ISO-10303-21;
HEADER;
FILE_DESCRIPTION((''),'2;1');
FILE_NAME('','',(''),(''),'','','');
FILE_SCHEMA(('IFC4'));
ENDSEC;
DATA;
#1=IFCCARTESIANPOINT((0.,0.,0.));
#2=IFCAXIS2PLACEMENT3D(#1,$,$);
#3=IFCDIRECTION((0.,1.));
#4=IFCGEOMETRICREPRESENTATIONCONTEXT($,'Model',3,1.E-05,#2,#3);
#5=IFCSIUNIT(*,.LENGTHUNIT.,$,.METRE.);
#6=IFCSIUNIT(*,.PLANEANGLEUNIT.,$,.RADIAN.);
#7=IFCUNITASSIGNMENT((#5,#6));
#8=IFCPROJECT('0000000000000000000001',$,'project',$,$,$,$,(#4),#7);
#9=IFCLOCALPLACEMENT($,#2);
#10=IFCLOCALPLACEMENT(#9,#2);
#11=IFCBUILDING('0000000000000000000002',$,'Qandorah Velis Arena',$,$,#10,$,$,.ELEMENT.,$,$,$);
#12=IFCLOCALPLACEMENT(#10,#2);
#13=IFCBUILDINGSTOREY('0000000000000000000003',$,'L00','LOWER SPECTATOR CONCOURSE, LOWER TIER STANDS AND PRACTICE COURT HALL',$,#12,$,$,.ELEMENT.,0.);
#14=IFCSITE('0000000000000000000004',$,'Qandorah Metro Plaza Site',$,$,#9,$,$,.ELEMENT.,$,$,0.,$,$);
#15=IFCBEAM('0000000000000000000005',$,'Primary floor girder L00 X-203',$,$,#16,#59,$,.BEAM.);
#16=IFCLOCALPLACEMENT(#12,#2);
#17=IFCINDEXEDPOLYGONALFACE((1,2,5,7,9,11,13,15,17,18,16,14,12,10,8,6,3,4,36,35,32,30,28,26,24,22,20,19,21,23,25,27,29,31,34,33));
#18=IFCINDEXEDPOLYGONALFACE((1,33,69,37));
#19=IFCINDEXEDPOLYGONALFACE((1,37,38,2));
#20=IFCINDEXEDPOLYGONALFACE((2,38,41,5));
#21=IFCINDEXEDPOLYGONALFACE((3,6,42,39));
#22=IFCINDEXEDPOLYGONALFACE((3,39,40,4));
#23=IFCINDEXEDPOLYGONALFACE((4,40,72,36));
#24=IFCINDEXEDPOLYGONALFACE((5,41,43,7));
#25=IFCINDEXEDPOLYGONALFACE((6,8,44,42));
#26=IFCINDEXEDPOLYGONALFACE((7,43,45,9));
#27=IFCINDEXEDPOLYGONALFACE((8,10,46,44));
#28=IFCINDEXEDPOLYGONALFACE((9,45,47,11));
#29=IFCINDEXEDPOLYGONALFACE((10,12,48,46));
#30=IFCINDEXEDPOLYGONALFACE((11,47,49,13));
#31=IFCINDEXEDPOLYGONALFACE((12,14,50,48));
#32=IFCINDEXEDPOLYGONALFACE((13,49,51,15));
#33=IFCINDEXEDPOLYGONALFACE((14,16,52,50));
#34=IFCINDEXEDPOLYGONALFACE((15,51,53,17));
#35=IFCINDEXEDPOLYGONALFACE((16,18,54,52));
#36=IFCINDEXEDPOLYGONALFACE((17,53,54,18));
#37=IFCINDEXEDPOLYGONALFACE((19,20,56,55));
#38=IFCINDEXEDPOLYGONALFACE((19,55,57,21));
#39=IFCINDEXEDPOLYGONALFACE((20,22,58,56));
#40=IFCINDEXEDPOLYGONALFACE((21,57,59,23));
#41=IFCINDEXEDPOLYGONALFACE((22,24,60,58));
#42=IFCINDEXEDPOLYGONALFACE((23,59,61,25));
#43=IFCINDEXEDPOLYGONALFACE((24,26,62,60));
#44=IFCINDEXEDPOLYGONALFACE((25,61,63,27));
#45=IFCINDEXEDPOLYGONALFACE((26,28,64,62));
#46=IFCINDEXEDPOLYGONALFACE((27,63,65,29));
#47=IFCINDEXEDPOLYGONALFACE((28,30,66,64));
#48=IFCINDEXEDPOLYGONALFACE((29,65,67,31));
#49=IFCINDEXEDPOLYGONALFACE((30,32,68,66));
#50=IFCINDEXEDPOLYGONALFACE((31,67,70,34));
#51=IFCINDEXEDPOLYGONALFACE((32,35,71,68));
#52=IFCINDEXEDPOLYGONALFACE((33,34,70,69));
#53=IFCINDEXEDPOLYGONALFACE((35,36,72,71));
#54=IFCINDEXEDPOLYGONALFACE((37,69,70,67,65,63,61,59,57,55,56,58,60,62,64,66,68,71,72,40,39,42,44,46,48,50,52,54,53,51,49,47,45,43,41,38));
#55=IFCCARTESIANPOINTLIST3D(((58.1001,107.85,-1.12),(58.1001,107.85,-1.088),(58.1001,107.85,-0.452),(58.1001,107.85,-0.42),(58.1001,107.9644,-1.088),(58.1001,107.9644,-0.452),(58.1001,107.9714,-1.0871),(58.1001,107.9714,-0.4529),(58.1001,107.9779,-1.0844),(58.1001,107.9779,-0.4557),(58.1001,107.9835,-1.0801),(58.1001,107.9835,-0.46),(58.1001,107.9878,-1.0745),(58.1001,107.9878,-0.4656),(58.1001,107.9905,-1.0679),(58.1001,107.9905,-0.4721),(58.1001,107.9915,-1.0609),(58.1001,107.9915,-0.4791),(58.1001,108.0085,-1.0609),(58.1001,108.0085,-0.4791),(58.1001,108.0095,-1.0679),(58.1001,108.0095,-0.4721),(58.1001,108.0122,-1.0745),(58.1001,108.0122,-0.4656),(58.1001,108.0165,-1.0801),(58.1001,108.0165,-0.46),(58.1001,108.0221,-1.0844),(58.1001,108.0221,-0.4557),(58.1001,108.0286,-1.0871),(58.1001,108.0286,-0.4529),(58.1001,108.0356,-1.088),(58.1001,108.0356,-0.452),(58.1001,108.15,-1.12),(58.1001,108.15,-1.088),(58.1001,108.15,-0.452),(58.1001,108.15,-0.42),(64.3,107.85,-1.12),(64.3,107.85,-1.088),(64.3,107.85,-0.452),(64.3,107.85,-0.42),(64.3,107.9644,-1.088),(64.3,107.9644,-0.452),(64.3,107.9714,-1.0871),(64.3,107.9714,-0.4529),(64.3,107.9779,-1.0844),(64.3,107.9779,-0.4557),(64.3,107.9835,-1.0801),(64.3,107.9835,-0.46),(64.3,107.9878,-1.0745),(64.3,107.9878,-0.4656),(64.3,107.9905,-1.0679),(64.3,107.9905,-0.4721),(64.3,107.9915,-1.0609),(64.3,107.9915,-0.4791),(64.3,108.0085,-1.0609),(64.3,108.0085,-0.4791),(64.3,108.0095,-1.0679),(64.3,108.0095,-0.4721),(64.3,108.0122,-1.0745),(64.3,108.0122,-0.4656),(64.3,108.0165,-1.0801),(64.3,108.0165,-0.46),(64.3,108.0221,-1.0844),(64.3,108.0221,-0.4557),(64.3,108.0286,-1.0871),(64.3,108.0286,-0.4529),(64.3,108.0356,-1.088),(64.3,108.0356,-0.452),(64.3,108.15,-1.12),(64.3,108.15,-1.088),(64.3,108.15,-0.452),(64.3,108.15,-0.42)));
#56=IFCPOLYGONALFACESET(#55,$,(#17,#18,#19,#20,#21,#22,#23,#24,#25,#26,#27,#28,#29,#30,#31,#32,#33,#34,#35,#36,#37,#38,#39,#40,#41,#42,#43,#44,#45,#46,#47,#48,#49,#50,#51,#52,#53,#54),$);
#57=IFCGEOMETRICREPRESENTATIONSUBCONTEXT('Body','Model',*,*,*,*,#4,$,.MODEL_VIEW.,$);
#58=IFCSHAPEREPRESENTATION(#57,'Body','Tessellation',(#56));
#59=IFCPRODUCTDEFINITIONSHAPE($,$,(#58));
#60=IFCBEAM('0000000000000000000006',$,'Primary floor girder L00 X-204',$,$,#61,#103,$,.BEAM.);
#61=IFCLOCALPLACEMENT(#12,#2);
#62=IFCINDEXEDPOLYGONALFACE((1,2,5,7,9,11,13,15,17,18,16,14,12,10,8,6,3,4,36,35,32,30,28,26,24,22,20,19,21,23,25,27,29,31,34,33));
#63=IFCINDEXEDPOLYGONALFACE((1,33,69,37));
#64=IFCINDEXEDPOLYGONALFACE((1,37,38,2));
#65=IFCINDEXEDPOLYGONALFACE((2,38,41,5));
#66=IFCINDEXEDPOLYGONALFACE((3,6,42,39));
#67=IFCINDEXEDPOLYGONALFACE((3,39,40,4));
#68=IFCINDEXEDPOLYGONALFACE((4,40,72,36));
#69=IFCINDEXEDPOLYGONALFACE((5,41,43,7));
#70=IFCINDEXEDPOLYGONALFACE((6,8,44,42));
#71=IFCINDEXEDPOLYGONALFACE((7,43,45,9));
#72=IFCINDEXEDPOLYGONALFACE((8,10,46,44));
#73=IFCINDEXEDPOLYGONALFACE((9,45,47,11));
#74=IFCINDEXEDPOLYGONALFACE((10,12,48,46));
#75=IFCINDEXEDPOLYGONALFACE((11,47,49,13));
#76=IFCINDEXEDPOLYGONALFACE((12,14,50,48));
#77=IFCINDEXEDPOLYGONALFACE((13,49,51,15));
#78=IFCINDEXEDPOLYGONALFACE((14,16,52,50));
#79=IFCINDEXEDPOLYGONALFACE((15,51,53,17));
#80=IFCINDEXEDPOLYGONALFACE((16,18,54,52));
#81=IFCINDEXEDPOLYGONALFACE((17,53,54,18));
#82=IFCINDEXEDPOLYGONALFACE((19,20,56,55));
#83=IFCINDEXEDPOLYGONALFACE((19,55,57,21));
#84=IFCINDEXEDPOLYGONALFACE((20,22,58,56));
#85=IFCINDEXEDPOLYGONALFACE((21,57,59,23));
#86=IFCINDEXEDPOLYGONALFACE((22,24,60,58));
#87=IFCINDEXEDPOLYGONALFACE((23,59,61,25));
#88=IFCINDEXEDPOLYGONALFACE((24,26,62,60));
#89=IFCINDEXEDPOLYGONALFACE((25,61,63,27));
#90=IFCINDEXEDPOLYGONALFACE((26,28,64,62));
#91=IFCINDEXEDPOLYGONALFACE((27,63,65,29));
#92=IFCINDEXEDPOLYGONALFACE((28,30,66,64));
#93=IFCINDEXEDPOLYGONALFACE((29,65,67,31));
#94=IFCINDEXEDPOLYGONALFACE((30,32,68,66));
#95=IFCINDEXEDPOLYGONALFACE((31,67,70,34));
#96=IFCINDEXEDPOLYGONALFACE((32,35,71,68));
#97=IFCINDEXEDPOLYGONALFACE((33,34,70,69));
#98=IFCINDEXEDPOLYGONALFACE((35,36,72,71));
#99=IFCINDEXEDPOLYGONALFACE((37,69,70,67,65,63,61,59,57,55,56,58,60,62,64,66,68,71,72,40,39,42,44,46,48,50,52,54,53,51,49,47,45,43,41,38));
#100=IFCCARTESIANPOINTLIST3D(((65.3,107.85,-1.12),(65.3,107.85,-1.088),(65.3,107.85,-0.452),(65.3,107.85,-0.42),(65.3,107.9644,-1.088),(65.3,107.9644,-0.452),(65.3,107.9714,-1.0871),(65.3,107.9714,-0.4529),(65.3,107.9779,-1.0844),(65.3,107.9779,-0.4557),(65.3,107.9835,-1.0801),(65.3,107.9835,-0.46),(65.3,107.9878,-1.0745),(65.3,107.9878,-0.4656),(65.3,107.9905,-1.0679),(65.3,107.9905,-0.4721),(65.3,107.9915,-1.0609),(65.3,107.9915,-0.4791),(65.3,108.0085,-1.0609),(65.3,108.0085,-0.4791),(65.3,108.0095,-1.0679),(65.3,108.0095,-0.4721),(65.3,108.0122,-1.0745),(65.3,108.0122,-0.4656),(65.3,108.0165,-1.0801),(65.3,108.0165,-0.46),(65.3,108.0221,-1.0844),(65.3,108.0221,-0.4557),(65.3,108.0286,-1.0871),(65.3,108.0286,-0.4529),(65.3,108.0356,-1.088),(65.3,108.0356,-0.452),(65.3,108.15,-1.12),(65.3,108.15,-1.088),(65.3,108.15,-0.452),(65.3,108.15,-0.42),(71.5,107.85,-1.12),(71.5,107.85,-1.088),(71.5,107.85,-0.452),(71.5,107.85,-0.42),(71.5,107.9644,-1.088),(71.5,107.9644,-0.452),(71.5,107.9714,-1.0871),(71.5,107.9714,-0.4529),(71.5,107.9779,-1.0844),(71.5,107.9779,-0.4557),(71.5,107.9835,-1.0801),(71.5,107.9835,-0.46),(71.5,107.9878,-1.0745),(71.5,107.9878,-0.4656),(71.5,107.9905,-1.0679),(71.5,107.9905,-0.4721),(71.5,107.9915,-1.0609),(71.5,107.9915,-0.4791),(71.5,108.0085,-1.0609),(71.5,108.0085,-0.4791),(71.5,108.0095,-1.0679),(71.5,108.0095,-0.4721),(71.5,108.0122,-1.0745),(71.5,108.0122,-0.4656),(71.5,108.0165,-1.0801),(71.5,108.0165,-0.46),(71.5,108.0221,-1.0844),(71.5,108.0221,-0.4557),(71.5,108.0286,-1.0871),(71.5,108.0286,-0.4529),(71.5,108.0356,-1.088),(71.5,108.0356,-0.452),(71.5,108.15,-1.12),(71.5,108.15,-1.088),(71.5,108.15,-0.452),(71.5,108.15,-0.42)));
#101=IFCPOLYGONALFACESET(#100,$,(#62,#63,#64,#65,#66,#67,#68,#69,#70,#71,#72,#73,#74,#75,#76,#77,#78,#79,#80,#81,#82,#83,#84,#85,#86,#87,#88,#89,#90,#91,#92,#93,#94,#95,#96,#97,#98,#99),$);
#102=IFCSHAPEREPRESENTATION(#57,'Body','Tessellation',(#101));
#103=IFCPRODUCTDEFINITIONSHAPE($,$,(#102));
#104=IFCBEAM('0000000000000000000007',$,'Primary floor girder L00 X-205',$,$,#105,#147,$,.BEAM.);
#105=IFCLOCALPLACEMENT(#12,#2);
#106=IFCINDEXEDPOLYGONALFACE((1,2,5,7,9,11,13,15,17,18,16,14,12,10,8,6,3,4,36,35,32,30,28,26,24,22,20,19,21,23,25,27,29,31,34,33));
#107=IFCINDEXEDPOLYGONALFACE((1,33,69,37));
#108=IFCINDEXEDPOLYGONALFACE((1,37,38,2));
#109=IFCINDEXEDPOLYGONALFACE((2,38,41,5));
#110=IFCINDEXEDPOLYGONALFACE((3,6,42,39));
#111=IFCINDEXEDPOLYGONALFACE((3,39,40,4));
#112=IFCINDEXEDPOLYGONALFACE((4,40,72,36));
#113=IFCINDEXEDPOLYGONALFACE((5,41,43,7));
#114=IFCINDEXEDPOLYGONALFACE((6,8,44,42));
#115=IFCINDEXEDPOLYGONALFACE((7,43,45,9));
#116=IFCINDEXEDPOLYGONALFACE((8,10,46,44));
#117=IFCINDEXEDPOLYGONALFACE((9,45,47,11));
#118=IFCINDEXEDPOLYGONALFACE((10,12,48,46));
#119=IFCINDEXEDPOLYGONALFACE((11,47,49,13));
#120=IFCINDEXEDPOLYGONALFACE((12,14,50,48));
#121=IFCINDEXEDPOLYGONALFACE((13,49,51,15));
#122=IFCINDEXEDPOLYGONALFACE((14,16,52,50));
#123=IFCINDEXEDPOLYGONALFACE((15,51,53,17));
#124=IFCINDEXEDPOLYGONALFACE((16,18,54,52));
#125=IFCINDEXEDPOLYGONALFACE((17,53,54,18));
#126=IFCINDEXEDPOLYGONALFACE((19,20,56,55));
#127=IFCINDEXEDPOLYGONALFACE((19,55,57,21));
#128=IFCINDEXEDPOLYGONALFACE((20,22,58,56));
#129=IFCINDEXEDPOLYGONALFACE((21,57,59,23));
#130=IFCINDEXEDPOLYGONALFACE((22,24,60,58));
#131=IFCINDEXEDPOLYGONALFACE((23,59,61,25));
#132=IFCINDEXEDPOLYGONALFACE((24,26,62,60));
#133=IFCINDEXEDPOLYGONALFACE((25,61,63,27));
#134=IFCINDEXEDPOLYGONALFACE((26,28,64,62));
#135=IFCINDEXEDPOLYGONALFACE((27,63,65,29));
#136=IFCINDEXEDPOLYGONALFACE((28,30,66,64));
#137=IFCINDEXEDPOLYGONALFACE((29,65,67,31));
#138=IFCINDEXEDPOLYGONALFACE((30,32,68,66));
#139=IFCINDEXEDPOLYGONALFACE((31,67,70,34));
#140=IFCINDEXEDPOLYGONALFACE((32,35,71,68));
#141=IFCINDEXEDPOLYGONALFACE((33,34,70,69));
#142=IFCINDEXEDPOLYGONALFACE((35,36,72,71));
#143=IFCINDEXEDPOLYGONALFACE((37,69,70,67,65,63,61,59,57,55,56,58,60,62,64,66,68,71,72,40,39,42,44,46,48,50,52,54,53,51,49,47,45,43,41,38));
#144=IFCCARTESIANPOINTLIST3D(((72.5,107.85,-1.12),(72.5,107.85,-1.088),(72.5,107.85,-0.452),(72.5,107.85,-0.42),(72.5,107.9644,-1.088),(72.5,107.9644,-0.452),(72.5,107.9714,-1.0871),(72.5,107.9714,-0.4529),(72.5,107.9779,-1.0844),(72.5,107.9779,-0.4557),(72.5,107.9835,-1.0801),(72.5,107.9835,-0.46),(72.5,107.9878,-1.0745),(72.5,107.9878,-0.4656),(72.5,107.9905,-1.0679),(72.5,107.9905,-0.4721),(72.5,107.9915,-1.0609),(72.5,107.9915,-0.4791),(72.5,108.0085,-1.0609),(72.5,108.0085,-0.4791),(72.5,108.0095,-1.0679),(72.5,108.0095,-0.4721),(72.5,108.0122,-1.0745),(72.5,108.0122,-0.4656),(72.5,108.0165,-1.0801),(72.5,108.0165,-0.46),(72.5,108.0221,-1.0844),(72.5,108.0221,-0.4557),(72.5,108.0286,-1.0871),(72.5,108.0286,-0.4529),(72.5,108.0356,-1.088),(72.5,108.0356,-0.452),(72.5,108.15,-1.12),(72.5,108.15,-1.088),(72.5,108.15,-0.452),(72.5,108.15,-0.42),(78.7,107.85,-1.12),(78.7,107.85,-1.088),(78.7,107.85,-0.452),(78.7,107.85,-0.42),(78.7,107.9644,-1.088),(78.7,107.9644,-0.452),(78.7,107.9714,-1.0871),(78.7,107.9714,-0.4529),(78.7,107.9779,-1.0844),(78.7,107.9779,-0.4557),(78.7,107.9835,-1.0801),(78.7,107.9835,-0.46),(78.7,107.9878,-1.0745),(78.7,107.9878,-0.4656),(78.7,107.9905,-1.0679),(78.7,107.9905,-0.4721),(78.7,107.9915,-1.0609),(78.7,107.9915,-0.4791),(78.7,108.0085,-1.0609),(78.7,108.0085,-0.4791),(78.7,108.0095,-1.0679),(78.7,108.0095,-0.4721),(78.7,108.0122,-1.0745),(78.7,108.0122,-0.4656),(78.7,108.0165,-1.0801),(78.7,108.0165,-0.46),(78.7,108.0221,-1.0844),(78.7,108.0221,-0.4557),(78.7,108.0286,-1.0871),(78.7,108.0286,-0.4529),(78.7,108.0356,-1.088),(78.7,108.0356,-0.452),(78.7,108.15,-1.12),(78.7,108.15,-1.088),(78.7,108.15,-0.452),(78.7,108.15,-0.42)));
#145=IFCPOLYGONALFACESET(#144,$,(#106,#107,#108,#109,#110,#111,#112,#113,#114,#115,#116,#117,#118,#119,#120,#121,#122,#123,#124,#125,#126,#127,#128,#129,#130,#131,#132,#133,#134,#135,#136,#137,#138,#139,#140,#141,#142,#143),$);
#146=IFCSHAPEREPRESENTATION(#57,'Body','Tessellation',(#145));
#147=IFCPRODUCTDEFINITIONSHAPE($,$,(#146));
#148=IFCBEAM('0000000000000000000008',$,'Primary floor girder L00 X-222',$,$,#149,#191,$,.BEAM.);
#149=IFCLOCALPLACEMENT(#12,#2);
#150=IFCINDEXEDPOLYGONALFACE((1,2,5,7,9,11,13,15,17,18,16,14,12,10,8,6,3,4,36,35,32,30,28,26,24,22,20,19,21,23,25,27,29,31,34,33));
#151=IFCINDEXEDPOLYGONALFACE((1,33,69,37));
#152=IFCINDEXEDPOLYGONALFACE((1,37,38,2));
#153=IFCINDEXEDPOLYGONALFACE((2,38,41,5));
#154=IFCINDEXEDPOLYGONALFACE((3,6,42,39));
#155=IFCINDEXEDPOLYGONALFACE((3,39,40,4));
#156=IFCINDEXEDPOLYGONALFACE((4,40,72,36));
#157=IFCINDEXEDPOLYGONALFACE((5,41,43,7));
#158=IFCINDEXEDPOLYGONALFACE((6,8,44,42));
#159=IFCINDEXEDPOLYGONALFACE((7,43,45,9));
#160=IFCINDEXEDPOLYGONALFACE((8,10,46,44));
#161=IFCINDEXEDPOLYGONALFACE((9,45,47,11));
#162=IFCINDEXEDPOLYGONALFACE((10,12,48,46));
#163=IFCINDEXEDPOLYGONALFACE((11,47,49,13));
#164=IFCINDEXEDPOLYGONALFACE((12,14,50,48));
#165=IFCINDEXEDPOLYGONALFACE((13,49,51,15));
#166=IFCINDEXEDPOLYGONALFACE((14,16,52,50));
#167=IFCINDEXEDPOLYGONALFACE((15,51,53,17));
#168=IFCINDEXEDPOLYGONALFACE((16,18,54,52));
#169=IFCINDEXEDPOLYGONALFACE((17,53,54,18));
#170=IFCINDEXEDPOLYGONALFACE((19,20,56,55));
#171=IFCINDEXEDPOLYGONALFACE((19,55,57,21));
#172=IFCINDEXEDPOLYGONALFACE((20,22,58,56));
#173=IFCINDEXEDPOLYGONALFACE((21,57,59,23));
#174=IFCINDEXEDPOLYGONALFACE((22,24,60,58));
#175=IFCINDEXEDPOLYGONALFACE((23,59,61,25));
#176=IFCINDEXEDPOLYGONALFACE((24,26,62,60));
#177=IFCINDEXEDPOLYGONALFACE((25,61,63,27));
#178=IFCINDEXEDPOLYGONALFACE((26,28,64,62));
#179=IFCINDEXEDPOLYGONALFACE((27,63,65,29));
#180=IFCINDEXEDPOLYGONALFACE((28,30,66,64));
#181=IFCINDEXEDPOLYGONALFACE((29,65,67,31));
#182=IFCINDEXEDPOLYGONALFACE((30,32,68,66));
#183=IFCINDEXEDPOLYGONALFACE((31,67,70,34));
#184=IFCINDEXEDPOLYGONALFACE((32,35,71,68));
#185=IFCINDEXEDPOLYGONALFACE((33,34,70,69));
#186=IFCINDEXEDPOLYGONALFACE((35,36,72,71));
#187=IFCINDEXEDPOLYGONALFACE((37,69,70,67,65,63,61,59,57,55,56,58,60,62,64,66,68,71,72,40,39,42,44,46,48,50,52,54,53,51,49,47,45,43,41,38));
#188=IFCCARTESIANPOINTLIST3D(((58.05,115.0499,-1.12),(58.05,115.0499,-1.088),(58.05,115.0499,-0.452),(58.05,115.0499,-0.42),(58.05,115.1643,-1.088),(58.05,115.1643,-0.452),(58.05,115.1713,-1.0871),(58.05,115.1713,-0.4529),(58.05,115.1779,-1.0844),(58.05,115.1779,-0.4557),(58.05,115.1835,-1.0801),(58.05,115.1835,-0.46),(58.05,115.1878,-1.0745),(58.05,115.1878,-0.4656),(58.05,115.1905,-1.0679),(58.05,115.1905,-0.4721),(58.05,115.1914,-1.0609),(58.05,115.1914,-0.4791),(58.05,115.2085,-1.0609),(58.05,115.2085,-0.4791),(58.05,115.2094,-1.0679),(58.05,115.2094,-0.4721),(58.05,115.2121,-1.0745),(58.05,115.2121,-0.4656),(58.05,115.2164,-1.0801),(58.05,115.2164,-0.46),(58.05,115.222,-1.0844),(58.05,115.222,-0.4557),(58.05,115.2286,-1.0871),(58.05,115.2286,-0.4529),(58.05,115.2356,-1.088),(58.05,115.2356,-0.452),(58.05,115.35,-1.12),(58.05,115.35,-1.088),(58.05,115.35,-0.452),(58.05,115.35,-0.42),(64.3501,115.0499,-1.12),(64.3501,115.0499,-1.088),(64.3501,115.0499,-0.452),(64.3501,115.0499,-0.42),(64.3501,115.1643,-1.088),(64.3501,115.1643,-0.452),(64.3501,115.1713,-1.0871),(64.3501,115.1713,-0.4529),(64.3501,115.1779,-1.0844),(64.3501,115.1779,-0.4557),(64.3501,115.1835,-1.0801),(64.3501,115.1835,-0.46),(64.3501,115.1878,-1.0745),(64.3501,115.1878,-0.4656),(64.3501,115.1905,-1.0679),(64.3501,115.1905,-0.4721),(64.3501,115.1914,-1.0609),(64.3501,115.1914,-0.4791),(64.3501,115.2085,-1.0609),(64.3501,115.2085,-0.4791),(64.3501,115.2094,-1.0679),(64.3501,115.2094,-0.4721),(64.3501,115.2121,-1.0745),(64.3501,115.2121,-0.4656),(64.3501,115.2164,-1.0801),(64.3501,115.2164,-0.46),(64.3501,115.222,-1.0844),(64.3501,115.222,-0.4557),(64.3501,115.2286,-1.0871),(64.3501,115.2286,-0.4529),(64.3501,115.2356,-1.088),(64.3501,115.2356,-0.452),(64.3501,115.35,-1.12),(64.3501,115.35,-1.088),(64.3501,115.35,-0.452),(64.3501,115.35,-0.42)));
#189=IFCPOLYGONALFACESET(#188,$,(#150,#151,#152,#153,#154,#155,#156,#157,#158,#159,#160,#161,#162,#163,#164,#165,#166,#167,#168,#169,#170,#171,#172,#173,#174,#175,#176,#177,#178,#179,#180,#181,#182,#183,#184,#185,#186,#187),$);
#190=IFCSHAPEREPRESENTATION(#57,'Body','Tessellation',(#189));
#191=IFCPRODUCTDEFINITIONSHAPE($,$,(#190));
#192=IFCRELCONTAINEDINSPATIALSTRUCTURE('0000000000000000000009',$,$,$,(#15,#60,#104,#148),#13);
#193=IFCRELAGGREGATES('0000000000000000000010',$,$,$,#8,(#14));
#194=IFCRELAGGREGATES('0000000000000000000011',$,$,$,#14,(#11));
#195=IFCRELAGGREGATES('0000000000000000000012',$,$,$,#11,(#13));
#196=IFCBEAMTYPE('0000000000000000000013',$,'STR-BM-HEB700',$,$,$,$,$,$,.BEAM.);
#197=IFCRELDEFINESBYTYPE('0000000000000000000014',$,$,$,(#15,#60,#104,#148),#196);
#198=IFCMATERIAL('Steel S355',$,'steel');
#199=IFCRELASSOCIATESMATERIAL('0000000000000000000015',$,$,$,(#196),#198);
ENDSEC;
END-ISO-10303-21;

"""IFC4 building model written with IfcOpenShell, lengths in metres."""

from ifc_helpers import new_model, si_unit, direction, frame, origin, origin_2d, place, context, subcontext, project, spatial, i_section, extrude, material, material_profile, profile_set, type_object, element, save


model = new_model("IFC4")

# Units and contexts
model_context = context("Model", 3, precision=1e-05, world=origin(), true_north=direction((0.0, 1.0)))
body_context = subcontext(model_context, "Body", "Model", "MODEL_VIEW")
ifc_project = project(units=[si_unit("LENGTHUNIT", "METRE"), si_unit("PLANEANGLEUNIT", "RADIAN")], contexts=[model_context])

# Site, building, storey
site_placement = place(None, origin())
site = spatial("IfcSite", under=ifc_project, at=site_placement, Name="Qandorah Metro Plaza Site", CompositionType="ELEMENT", RefElevation=0.0)
building_placement = place(site_placement, origin())
building = spatial("IfcBuilding", under=site, at=building_placement, Name="Qandorah Velis Arena", CompositionType="ELEMENT")
storey_placement = place(building_placement, origin())
storey = spatial("IfcBuildingStorey", under=building, at=storey_placement, Name="L00", Description="LOWER SPECTATOR CONCOURSE, LOWER TIER STANDS AND PRACTICE COURT HALL", CompositionType="ELEMENT", Elevation=0.0)

# Beams
ifc_material_1 = material(Name="Steel S355", Category="steel")
ifc_material_profile_1 = material_profile(ifc_material_1, i_section(OverallWidth=0.3, OverallDepth=0.7, WebThickness=0.0171, FlangeThickness=0.032, FilletRadius=0.0271, at=origin_2d()), Name="HEB 700")
ifc_profile_set_1 = profile_set([ifc_material_profile_1], Name="Steel S355")
beam_type_1 = type_object("IfcBeamType", Name="STR-BM-HEB700", PredefinedType="BEAM", material=ifc_profile_set_1)
for number, where, z_axis, x_axis, name in (
    (1, (58.1001, 108.0, -0.77), (1.0, 0.0, 0.0), (0.0, 1.0, 0.0), "Primary floor girder L00 X-203"),
    (2, (65.3, 108.0, -0.77), (1.0, 0.0, 0.0), (0.0, 1.0, 0.0), "Primary floor girder L00 X-204"),
    (3, (72.5, 108.0, -0.77), (1.0, 0.0, 0.0), (0.0, 1.0, 0.0), "Primary floor girder L00 X-205"),
):
    element("IfcBeam", number, at=place(storey_placement, frame(where, z_axis=z_axis, x_axis=x_axis)), inside=storey, type_object=beam_type_1, Name=name, PredefinedType="BEAM", context=body_context, shape_type="SweptSolid", body=[
        extrude(i_section(OverallWidth=0.3, OverallDepth=0.7, WebThickness=0.0171, FlangeThickness=0.032, FilletRadius=0.0271, at=origin_2d()), origin(), (0.0, 0.0, 1.0), 6.2),
    ])
for number, where, z_axis, x_axis, name in (
    (4, (58.05, 115.2, -0.77), (1.0, 0.0, 0.0), (0.0, 1.0, 0.0), "Primary floor girder L00 X-222"),
):
    element("IfcBeam", number, at=place(storey_placement, frame(where, z_axis=z_axis, x_axis=x_axis)), inside=storey, type_object=beam_type_1, Name=name, PredefinedType="BEAM", context=body_context, shape_type="SweptSolid", body=[
        extrude(i_section(OverallWidth=0.3, OverallDepth=0.7, WebThickness=0.0171, FlangeThickness=0.032, FilletRadius=0.0271, at=origin_2d()), origin(), (0.0, 0.0, 1.0), 6.3),
    ])

save(model, "model.ifc")
